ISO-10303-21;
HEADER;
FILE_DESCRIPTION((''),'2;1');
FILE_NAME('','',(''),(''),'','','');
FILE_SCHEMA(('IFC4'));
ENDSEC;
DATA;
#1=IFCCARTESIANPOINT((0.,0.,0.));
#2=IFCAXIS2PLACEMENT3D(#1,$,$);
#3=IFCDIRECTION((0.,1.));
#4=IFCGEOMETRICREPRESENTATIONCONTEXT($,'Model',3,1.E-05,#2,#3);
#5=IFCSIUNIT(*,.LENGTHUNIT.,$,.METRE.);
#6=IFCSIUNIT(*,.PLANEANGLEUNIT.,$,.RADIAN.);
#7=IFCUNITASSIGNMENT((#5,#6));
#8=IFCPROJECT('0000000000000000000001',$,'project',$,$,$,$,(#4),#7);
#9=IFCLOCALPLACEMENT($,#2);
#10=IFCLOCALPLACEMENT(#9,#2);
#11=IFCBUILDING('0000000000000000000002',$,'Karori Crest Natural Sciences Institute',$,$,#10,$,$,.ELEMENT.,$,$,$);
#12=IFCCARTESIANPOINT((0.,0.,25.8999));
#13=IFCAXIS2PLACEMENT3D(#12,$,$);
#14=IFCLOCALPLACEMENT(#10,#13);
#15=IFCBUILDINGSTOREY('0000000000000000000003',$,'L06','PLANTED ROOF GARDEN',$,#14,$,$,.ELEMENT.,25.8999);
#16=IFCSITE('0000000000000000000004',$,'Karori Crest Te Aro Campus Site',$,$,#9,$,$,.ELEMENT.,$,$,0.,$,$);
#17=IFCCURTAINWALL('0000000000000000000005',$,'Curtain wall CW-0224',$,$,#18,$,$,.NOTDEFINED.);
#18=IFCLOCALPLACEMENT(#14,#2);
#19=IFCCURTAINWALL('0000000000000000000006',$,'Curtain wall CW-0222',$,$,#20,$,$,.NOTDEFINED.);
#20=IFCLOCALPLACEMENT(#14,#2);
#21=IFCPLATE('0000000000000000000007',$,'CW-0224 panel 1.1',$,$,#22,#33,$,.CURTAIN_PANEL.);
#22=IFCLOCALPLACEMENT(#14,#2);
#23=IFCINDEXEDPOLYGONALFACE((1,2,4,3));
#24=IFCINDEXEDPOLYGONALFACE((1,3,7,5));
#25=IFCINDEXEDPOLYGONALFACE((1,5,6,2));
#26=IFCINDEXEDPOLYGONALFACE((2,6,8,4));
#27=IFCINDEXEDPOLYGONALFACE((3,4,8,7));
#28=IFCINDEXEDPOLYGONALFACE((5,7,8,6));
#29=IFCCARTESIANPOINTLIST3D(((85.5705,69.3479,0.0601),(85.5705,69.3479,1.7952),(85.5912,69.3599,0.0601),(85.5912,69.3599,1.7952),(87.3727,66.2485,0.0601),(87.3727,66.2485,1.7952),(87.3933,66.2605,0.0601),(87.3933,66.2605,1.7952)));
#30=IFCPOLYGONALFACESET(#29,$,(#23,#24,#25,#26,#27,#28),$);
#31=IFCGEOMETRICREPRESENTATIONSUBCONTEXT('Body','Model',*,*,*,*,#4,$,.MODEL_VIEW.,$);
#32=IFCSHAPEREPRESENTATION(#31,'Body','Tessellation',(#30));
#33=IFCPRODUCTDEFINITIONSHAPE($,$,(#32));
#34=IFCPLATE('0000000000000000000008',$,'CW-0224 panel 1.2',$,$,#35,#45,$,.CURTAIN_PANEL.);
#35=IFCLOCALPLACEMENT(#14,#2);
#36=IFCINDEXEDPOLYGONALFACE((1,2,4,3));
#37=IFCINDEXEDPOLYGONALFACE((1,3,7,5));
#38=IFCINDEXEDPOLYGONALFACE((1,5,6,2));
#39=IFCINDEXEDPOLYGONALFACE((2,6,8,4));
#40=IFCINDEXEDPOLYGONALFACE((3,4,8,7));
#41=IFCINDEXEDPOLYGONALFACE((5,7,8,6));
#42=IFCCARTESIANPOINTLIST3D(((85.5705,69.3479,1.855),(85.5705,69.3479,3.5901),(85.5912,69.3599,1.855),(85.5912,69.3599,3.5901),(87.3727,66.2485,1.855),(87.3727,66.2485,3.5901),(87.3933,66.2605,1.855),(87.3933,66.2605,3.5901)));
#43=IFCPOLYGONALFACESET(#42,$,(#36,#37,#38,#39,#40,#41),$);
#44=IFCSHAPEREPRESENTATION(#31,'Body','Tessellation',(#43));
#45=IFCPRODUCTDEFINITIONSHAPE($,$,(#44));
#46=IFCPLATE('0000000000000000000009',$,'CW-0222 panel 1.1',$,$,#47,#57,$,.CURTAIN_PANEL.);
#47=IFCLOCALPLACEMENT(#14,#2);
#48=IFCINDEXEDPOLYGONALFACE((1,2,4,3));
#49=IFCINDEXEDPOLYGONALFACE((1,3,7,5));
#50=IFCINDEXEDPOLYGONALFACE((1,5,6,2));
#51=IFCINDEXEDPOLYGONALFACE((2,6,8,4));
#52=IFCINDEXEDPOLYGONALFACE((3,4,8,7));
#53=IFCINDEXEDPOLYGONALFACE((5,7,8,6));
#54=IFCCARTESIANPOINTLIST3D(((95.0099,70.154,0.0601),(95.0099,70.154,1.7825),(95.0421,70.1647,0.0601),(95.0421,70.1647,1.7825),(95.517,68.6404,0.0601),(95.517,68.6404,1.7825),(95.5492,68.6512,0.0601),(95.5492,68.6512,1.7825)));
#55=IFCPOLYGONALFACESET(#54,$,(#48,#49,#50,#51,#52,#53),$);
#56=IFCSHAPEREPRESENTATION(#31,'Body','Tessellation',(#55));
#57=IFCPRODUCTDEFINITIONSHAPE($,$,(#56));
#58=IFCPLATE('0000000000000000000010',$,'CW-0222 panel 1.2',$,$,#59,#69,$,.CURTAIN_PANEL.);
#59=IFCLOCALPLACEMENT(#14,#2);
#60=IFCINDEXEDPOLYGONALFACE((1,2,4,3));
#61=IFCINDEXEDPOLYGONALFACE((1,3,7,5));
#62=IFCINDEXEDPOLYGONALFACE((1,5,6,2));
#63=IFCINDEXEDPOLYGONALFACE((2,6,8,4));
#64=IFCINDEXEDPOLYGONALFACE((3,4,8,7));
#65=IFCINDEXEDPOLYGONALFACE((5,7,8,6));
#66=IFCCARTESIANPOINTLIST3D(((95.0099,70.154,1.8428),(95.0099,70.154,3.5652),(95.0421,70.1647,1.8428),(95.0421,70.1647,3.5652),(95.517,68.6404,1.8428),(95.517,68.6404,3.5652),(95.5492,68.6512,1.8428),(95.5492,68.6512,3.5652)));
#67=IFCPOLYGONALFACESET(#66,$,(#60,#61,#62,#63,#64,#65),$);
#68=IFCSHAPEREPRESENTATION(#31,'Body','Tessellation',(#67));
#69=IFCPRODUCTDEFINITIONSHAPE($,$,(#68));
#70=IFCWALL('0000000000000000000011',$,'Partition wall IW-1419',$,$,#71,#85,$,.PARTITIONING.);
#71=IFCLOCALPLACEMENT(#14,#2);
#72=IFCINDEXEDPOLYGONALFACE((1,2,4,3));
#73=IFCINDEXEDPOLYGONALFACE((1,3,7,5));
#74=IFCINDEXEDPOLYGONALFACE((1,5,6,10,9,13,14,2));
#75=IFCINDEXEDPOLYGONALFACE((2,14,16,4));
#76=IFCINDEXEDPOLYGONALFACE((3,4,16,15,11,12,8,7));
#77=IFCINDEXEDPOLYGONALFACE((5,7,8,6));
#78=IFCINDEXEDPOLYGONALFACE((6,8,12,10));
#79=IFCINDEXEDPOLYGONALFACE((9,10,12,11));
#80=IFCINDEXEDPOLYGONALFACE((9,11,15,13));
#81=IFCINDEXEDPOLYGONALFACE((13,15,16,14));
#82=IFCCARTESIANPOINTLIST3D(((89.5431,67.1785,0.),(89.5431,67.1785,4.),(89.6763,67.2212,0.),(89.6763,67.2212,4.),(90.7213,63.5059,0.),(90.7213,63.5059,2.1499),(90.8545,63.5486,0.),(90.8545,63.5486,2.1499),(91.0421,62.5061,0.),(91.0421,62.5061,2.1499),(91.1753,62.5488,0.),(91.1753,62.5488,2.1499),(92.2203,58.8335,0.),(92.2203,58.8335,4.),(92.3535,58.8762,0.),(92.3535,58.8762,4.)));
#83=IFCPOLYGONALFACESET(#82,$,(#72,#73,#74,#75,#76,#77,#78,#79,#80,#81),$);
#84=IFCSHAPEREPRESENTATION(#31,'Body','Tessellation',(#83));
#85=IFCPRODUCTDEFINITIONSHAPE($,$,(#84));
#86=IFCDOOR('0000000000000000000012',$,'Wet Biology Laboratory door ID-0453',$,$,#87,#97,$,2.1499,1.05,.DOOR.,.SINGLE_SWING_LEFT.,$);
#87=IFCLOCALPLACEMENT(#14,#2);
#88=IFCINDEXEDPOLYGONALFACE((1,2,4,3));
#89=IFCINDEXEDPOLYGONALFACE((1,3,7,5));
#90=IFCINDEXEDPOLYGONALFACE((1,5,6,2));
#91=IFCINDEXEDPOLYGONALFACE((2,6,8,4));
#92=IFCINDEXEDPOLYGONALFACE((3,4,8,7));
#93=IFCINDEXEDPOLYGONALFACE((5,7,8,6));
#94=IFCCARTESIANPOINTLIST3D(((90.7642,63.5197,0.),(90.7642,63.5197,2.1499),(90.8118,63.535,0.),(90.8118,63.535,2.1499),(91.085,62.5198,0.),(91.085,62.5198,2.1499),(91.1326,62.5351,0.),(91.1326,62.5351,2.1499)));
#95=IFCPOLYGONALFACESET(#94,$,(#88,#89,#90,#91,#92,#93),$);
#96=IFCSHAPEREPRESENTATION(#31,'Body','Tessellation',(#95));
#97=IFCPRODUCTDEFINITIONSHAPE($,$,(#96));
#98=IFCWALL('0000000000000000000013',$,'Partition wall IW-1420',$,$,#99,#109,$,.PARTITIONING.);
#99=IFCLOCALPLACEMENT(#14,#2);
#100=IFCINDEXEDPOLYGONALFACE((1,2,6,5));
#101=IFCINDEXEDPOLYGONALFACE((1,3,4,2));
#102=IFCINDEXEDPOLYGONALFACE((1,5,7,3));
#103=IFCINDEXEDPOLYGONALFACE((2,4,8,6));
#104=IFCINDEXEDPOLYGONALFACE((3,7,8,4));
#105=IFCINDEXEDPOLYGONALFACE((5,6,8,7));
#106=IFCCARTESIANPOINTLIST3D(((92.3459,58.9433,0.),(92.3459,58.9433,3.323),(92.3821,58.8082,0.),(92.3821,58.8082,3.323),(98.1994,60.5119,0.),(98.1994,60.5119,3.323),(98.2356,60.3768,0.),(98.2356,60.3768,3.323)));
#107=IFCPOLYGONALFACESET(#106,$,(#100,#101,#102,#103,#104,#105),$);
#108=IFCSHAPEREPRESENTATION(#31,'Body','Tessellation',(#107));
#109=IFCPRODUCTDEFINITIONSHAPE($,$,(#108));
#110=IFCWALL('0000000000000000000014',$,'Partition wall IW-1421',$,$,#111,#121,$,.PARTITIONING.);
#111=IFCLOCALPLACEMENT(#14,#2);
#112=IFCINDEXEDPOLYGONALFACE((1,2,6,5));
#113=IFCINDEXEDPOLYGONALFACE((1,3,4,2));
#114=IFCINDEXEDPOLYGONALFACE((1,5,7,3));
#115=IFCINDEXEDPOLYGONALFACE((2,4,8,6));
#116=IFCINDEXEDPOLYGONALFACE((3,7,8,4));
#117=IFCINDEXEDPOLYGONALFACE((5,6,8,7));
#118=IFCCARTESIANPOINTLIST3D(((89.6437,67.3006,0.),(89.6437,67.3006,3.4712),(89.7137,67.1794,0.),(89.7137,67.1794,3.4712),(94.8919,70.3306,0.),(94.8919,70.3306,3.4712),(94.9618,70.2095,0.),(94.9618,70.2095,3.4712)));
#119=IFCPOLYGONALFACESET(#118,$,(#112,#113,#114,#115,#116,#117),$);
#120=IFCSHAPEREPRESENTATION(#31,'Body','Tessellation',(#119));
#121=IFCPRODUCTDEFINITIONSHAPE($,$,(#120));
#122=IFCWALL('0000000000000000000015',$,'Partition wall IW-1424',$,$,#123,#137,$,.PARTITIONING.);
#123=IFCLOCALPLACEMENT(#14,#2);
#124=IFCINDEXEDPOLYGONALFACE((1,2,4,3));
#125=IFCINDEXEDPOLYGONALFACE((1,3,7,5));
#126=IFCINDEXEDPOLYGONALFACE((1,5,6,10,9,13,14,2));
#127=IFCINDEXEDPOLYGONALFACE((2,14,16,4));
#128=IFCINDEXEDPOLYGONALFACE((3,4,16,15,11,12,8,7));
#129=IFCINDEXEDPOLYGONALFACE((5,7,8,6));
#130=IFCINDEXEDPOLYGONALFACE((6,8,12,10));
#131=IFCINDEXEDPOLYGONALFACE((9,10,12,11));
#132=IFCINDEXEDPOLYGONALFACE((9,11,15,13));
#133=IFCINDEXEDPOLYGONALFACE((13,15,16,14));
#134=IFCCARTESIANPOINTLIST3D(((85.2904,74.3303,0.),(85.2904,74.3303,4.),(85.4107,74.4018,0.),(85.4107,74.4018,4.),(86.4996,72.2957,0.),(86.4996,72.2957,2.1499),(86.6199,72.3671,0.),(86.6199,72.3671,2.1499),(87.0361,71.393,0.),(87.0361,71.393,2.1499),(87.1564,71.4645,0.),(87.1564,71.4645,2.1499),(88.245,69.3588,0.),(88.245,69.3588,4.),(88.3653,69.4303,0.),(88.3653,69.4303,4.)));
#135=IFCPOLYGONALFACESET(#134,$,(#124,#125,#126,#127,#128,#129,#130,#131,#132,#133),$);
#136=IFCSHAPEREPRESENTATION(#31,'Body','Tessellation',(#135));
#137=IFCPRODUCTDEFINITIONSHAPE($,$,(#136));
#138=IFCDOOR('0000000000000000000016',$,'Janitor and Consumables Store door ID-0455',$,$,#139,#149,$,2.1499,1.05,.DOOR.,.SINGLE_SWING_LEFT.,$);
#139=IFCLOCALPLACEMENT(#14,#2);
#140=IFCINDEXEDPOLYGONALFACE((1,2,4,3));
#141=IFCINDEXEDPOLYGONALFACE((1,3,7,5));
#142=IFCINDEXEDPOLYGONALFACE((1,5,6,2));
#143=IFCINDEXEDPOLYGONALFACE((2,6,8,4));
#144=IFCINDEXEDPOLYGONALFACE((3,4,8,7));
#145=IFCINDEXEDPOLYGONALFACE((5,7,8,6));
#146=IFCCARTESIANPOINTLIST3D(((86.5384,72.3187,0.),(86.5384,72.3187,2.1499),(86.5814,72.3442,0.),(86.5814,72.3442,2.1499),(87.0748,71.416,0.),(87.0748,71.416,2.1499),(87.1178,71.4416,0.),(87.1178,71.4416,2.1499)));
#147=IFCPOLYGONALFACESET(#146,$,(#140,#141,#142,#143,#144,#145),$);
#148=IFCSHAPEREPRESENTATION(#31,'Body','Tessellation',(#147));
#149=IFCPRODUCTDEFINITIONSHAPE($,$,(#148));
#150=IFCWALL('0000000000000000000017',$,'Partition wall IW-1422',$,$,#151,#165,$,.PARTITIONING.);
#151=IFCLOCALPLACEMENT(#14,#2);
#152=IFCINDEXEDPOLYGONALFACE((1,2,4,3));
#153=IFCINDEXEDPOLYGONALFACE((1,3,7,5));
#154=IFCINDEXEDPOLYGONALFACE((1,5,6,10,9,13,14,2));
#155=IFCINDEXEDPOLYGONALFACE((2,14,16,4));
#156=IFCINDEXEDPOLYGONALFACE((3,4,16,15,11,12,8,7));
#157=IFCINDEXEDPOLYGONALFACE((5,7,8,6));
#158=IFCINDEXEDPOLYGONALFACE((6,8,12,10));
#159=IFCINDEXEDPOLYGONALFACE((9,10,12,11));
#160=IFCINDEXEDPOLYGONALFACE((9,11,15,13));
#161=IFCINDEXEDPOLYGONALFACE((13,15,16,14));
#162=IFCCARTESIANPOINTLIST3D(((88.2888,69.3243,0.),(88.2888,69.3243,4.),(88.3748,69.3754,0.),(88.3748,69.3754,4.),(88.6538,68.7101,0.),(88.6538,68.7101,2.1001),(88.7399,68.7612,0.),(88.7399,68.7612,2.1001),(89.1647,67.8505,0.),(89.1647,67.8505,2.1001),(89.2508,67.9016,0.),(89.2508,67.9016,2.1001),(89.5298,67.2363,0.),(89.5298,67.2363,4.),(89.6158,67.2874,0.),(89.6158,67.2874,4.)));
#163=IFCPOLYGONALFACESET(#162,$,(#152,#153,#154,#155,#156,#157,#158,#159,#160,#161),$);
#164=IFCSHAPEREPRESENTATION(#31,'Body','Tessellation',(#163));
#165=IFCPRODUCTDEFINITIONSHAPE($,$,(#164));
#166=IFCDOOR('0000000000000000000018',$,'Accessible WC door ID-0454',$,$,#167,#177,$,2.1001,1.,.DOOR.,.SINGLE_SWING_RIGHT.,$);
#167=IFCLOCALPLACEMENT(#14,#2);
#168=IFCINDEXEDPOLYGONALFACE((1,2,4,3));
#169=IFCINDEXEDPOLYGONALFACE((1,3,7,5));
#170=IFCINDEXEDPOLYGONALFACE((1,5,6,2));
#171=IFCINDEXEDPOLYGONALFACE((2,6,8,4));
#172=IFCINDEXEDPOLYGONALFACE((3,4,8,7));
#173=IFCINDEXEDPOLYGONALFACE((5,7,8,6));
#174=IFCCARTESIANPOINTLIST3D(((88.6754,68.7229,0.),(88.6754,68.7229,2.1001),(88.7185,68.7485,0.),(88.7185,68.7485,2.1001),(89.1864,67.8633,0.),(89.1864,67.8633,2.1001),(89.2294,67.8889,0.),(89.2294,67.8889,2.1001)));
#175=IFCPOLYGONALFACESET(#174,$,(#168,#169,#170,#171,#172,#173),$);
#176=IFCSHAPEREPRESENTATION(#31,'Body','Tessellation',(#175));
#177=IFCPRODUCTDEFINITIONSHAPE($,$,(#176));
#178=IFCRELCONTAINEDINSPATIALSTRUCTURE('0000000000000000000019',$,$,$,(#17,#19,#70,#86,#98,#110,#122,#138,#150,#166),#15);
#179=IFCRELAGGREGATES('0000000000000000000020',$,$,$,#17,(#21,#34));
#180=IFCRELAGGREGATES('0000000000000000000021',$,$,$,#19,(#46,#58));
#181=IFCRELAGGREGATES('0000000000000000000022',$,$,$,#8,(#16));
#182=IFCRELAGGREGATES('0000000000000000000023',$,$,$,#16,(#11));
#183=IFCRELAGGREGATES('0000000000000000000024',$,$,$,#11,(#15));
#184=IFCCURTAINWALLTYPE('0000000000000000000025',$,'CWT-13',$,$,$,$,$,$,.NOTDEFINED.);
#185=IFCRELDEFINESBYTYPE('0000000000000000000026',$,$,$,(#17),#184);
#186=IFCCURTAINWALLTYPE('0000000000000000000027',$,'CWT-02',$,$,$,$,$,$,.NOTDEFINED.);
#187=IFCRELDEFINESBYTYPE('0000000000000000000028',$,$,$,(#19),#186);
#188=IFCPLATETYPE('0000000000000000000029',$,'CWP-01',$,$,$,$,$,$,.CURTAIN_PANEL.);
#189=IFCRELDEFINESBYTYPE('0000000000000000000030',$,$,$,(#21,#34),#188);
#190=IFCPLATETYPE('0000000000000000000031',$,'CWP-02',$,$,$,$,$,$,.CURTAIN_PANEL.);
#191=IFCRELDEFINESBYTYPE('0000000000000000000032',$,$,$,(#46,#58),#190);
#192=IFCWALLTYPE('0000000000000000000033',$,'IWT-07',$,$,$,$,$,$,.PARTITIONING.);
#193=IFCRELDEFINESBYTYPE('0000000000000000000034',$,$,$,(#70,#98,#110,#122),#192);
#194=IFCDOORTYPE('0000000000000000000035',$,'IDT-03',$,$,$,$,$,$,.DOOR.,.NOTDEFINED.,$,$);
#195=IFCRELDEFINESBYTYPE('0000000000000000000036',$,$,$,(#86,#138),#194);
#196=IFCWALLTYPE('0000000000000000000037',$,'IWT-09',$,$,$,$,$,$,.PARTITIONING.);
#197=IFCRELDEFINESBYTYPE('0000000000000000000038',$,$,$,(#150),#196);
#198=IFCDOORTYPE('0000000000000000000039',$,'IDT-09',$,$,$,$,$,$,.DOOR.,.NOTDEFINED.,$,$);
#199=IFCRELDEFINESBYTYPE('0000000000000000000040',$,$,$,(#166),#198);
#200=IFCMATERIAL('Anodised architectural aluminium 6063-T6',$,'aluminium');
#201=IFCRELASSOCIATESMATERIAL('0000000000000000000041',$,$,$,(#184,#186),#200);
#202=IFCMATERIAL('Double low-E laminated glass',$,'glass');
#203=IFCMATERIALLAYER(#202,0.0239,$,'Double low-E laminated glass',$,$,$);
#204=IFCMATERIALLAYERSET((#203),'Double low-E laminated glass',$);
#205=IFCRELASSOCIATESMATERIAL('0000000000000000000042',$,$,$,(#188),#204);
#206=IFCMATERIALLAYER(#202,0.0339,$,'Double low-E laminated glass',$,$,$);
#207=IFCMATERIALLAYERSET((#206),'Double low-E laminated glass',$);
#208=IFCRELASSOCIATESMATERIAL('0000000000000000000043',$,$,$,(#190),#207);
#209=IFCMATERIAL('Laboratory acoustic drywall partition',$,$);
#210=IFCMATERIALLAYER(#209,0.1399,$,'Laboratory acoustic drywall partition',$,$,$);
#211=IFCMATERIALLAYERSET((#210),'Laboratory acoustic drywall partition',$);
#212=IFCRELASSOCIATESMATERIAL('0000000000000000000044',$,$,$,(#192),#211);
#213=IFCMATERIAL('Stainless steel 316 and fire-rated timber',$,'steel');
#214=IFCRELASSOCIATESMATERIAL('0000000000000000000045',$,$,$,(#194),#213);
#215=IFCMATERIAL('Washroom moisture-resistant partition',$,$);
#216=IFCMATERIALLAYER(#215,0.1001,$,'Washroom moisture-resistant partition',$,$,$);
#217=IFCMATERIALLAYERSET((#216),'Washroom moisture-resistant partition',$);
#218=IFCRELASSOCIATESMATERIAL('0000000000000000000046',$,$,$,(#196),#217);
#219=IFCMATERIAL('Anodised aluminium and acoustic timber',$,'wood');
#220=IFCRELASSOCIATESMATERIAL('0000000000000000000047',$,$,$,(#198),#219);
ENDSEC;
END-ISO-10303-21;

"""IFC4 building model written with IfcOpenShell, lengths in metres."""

from ifc_helpers import new_model, si_unit, direction, frame, frame_2d, origin, origin_2d, place, context, subcontext, project, spatial, rectangle, extrude, material, layer, layer_set, type_object, element, fill, aggregate, save


model = new_model("IFC4")

# Units and contexts
model_context = context("Model", 3, precision=1e-05, world=origin(), true_north=direction((0.0, 1.0)))
body_context = subcontext(model_context, "Body", "Model", "MODEL_VIEW")
ifc_project = project(units=[si_unit("LENGTHUNIT", "METRE"), si_unit("PLANEANGLEUNIT", "RADIAN")], contexts=[model_context])

# Site, building, storey
site_placement = place(None, origin())
site = spatial("IfcSite", under=ifc_project, at=site_placement, Name="Karori Crest Te Aro Campus Site", CompositionType="ELEMENT", RefElevation=0.0)
building_placement = place(site_placement, origin())
building = spatial("IfcBuilding", under=site, at=building_placement, Name="Karori Crest Natural Sciences Institute", CompositionType="ELEMENT")
storey_placement = place(building_placement, frame((0.0, 0.0, 25.8999)))
storey = spatial("IfcBuildingStorey", under=building, at=storey_placement, Name="L06", Description="PLANTED ROOF GARDEN", CompositionType="ELEMENT", Elevation=25.8999)

# Curtain walls
ifc_material_1 = material(Name="Anodised architectural aluminium 6063-T6", Category="aluminium")
curtain_wall_type_1 = type_object("IfcCurtainWallType", Name="CWT-13", PredefinedType="NOTDEFINED", material=ifc_material_1)
curtain_wall_1_placement = place(storey_placement, origin())
curtain_wall_1 = element("IfcCurtainWall", 1, at=curtain_wall_1_placement, inside=storey, type_object=curtain_wall_type_1, Name="Curtain wall CW-0224", PredefinedType="NOTDEFINED")
curtain_wall_type_2 = type_object("IfcCurtainWallType", Name="CWT-02", PredefinedType="NOTDEFINED", material=ifc_material_1)
curtain_wall_2_placement = place(storey_placement, origin())
curtain_wall_2 = element("IfcCurtainWall", 2, at=curtain_wall_2_placement, inside=storey, type_object=curtain_wall_type_2, Name="Curtain wall CW-0222", PredefinedType="NOTDEFINED")

# Plates
ifc_material_2 = material(Name="Double low-E laminated glass", Category="glass")
ifc_layer_1 = layer(ifc_material_2, 0.0239, Name="Double low-E laminated glass")
ifc_layer_set_1 = layer_set([ifc_layer_1], Name="Double low-E laminated glass")
plate_type_1 = type_object("IfcPlateType", Name="CWP-01", PredefinedType="CURTAIN_PANEL", material=ifc_layer_set_1)
plate_1_placement = place(storey_placement, frame((86.4819, 67.8042, 0.0601), z_axis=(0.0, 0.0, 1.0), x_axis=(-0.502655, 0.864487, 0.0)))
plate_1 = element("IfcPlate", 3, at=plate_1_placement, type_object=plate_type_1, Name="CW-0224 panel 1.1", PredefinedType="CURTAIN_PANEL", context=body_context, shape_type="SweptSolid", body=[
    extrude(rectangle(XDim=3.5852, YDim=0.0239, at=origin_2d()), origin(), (0.0, 0.0, 1.0), 1.7351),
])
plate_2_placement = place(storey_placement, frame((86.4819, 67.8042, 1.855), z_axis=(0.0, 0.0, 1.0), x_axis=(-0.502655, 0.864487, 0.0)))
plate_2 = element("IfcPlate", 4, at=plate_2_placement, type_object=plate_type_1, Name="CW-0224 panel 1.2", PredefinedType="CURTAIN_PANEL", context=body_context, shape_type="SweptSolid", body=[
    extrude(rectangle(XDim=3.5852, YDim=0.0239, at=origin_2d()), origin(), (0.0, 0.0, 1.0), 1.7351),
])
aggregate(curtain_wall_1, [plate_1, plate_2])
ifc_layer_2 = layer(ifc_material_2, 0.0339, Name="Double low-E laminated glass")
ifc_layer_set_2 = layer_set([ifc_layer_2], Name="Double low-E laminated glass")
plate_type_2 = type_object("IfcPlateType", Name="CWP-02", PredefinedType="CURTAIN_PANEL", material=ifc_layer_set_2)
plate_3_placement = place(storey_placement, frame((95.2795, 69.4026, 0.0601), z_axis=(0.0, 0.0, 1.0), x_axis=(0.31768, -0.948198, 0.0)))
plate_3 = element("IfcPlate", 5, at=plate_3_placement, type_object=plate_type_2, Name="CW-0222 panel 1.1", PredefinedType="CURTAIN_PANEL", context=body_context, shape_type="SweptSolid", body=[
    extrude(rectangle(XDim=1.5962, YDim=0.0339, at=origin_2d()), origin(), (0.0, 0.0, 1.0), 1.7224),
])
plate_4_placement = place(storey_placement, frame((95.2795, 69.4026, 1.8428), z_axis=(0.0, 0.0, 1.0), x_axis=(0.31768, -0.948198, 0.0)))
plate_4 = element("IfcPlate", 6, at=plate_4_placement, type_object=plate_type_2, Name="CW-0222 panel 1.2", PredefinedType="CURTAIN_PANEL", context=body_context, shape_type="SweptSolid", body=[
    extrude(rectangle(XDim=1.5962, YDim=0.0339, at=origin_2d()), origin(), (0.0, 0.0, 1.0), 1.7224),
])
aggregate(curtain_wall_2, [plate_3, plate_4])

# Wall, opening, door
ifc_material_3 = material(Name="Laboratory acoustic drywall partition")
ifc_layer_3 = layer(ifc_material_3, 0.1399, Name="Laboratory acoustic drywall partition")
ifc_layer_set_3 = layer_set([ifc_layer_3], Name="Laboratory acoustic drywall partition")
wall_type_1 = type_object("IfcWallType", Name="IWT-07", PredefinedType="PARTITIONING", material=ifc_layer_set_3)
wall_1_placement = place(storey_placement, frame((92.2869, 58.855, 0.0), z_axis=(0.0, 0.0, 1.0), x_axis=(-0.305485, 0.952197, 0.0)))
wall_1 = element("IfcWall", 7, at=wall_1_placement, inside=storey, type_object=wall_type_1, Name="Partition wall IW-1419", PredefinedType="PARTITIONING", context=body_context, shape_type="SweptSolid", body=[
    extrude(rectangle(XDim=8.7639, YDim=0.1399, at=frame_2d((4.3818, 0.0))), origin(), (0.0, 0.0, 1.0), 4.0),
])
opening_1_placement = place(wall_1_placement, frame((3.8569, 0.0, 0.0)))
opening_1 = element("IfcOpeningElement", 8, at=opening_1_placement, cuts=wall_1, PredefinedType="OPENING", context=body_context, shape_type="SweptSolid", body=[
    extrude(rectangle(XDim=1.05, YDim=2.1499, at=frame_2d((0.5249, 1.075))), frame((0.0, 0.0801, 0.0), z_axis=(0.0, -1.0, 0.0), x_axis=(1.0, 0.0, 0.0)), (0.0, 0.0, 1.0), 0.1599),
])
ifc_material_4 = material(Name="Stainless steel 316 and fire-rated timber", Category="steel")
door_type_1 = type_object("IfcDoorType", Name="IDT-03", OperationType="NOTDEFINED", PredefinedType="DOOR", material=ifc_material_4)
door_1_placement = place(opening_1_placement, origin())
door_1 = element("IfcDoor", 9, at=door_1_placement, inside=storey, type_object=door_type_1, Name="Wet Biology Laboratory door ID-0453", OperationType="SINGLE_SWING_LEFT", OverallHeight=2.1499, OverallWidth=1.05, PredefinedType="DOOR", context=body_context, shape_type="SweptSolid", body=[
    extrude(rectangle(XDim=1.05, YDim=2.1499, at=frame_2d((0.5249, 1.075))), frame((0.0, 0.0249, 0.0), z_axis=(0.0, -1.0, 0.0), x_axis=(1.0, 0.0, 0.0)), (0.0, 0.0, 1.0), 0.05),
])
fill(opening_1, door_1)

# Walls
wall_2_placement = place(storey_placement, frame((92.364, 58.8757, 0.0), z_axis=(0.0, 0.0, 1.0), x_axis=(0.965919, 0.258843, 0.0)))
element("IfcWall", 10, at=wall_2_placement, inside=storey, type_object=wall_type_1, Name="Partition wall IW-1420", PredefinedType="PARTITIONING", context=body_context, shape_type="SweptSolid", body=[
    extrude(rectangle(XDim=6.0601, YDim=0.1399, at=frame_2d((3.03, 0.0))), origin(), (0.0, 0.0, 1.0), 3.323),
])
wall_3_placement = place(storey_placement, frame((89.6787, 67.24, 0.0), z_axis=(0.0, 0.0, 1.0), x_axis=(0.866021, 0.500008, 0.0)))
element("IfcWall", 11, at=wall_3_placement, inside=storey, type_object=wall_type_1, Name="Partition wall IW-1421", PredefinedType="PARTITIONING", context=body_context, shape_type="SweptSolid", body=[
    extrude(rectangle(XDim=6.0601, YDim=0.1399, at=frame_2d((3.03, 0.0))), origin(), (0.0, 0.0, 1.0), 3.4712),
])

# Walls, openings, doors
wall_4_placement = place(storey_placement, frame((88.3052, 69.3945, 0.0), z_axis=(0.0, 0.0, 1.0), x_axis=(-0.510897, 0.859642, 0.0)))
wall_4 = element("IfcWall", 12, at=wall_4_placement, inside=storey, type_object=wall_type_1, Name="Partition wall IW-1424", PredefinedType="PARTITIONING", context=body_context, shape_type="SweptSolid", body=[
    extrude(rectangle(XDim=5.7832, YDim=0.1399, at=frame_2d((2.8916, 0.0))), origin(), (0.0, 0.0, 1.0), 4.0),
])
opening_2_placement = place(wall_4_placement, frame((2.3665, 0.0, 0.0)))
opening_2 = element("IfcOpeningElement", 13, at=opening_2_placement, cuts=wall_4, PredefinedType="OPENING", context=body_context, shape_type="SweptSolid", body=[
    extrude(rectangle(XDim=1.05, YDim=2.1499, at=frame_2d((0.5249, 1.075))), frame((0.0, 0.0801, 0.0), z_axis=(0.0, -1.0, 0.0), x_axis=(1.0, 0.0, 0.0)), (0.0, 0.0, 1.0), 0.1599),
])
door_2_placement = place(opening_2_placement, origin())
door_2 = element("IfcDoor", 14, at=door_2_placement, inside=storey, type_object=door_type_1, Name="Janitor and Consumables Store door ID-0455", OperationType="SINGLE_SWING_LEFT", OverallHeight=2.1499, OverallWidth=1.05, PredefinedType="DOOR", context=body_context, shape_type="SweptSolid", body=[
    extrude(rectangle(XDim=1.05, YDim=2.1499, at=frame_2d((0.5249, 1.075))), frame((0.0, 0.0249, 0.0), z_axis=(0.0, -1.0, 0.0), x_axis=(1.0, 0.0, 0.0)), (0.0, 0.0, 1.0), 0.05),
])
fill(opening_2, door_2)
ifc_material_5 = material(Name="Washroom moisture-resistant partition")
ifc_layer_4 = layer(ifc_material_5, 0.1001, Name="Washroom moisture-resistant partition")
ifc_layer_set_4 = layer_set([ifc_layer_4], Name="Washroom moisture-resistant partition")
wall_type_2 = type_object("IfcWallType", Name="IWT-09", PredefinedType="PARTITIONING", material=ifc_layer_set_4)
wall_5_placement = place(storey_placement, frame((89.5728, 67.262, 0.0), z_axis=(0.0, 0.0, 1.0), x_axis=(-0.510929, 0.859623, 0.0)))
wall_5 = element("IfcWall", 15, at=wall_5_placement, inside=storey, type_object=wall_type_2, Name="Partition wall IW-1422", PredefinedType="PARTITIONING", context=body_context, shape_type="SweptSolid", body=[
    extrude(rectangle(XDim=2.429, YDim=0.1001, at=frame_2d((1.2144, 0.0))), origin(), (0.0, 0.0, 1.0), 4.0),
])
opening_3_placement = place(wall_5_placement, frame((0.7144, 0.0, 0.0)))
opening_3 = element("IfcOpeningElement", 16, at=opening_3_placement, cuts=wall_5, PredefinedType="OPENING", context=body_context, shape_type="SweptSolid", body=[
    extrude(rectangle(XDim=1.0, YDim=2.1001, at=frame_2d((0.5, 1.05))), frame((0.0, 0.0601, 0.0), z_axis=(0.0, -1.0, 0.0), x_axis=(1.0, 0.0, 0.0)), (0.0, 0.0, 1.0), 0.1201),
])
ifc_material_6 = material(Name="Anodised aluminium and acoustic timber", Category="wood")
door_type_2 = type_object("IfcDoorType", Name="IDT-09", OperationType="NOTDEFINED", PredefinedType="DOOR", material=ifc_material_6)
door_3_placement = place(opening_3_placement, origin())
door_3 = element("IfcDoor", 17, at=door_3_placement, inside=storey, type_object=door_type_2, Name="Accessible WC door ID-0454", OperationType="SINGLE_SWING_RIGHT", OverallHeight=2.1001, OverallWidth=1.0, PredefinedType="DOOR", context=body_context, shape_type="SweptSolid", body=[
    extrude(rectangle(XDim=1.0, YDim=2.1001, at=frame_2d((0.5, 1.05))), frame((0.0, 0.0249, 0.0), z_axis=(0.0, -1.0, 0.0), x_axis=(1.0, 0.0, 0.0)), (0.0, 0.0, 1.0), 0.05),
])
fill(opening_3, door_3)

save(model, "model.ifc")
